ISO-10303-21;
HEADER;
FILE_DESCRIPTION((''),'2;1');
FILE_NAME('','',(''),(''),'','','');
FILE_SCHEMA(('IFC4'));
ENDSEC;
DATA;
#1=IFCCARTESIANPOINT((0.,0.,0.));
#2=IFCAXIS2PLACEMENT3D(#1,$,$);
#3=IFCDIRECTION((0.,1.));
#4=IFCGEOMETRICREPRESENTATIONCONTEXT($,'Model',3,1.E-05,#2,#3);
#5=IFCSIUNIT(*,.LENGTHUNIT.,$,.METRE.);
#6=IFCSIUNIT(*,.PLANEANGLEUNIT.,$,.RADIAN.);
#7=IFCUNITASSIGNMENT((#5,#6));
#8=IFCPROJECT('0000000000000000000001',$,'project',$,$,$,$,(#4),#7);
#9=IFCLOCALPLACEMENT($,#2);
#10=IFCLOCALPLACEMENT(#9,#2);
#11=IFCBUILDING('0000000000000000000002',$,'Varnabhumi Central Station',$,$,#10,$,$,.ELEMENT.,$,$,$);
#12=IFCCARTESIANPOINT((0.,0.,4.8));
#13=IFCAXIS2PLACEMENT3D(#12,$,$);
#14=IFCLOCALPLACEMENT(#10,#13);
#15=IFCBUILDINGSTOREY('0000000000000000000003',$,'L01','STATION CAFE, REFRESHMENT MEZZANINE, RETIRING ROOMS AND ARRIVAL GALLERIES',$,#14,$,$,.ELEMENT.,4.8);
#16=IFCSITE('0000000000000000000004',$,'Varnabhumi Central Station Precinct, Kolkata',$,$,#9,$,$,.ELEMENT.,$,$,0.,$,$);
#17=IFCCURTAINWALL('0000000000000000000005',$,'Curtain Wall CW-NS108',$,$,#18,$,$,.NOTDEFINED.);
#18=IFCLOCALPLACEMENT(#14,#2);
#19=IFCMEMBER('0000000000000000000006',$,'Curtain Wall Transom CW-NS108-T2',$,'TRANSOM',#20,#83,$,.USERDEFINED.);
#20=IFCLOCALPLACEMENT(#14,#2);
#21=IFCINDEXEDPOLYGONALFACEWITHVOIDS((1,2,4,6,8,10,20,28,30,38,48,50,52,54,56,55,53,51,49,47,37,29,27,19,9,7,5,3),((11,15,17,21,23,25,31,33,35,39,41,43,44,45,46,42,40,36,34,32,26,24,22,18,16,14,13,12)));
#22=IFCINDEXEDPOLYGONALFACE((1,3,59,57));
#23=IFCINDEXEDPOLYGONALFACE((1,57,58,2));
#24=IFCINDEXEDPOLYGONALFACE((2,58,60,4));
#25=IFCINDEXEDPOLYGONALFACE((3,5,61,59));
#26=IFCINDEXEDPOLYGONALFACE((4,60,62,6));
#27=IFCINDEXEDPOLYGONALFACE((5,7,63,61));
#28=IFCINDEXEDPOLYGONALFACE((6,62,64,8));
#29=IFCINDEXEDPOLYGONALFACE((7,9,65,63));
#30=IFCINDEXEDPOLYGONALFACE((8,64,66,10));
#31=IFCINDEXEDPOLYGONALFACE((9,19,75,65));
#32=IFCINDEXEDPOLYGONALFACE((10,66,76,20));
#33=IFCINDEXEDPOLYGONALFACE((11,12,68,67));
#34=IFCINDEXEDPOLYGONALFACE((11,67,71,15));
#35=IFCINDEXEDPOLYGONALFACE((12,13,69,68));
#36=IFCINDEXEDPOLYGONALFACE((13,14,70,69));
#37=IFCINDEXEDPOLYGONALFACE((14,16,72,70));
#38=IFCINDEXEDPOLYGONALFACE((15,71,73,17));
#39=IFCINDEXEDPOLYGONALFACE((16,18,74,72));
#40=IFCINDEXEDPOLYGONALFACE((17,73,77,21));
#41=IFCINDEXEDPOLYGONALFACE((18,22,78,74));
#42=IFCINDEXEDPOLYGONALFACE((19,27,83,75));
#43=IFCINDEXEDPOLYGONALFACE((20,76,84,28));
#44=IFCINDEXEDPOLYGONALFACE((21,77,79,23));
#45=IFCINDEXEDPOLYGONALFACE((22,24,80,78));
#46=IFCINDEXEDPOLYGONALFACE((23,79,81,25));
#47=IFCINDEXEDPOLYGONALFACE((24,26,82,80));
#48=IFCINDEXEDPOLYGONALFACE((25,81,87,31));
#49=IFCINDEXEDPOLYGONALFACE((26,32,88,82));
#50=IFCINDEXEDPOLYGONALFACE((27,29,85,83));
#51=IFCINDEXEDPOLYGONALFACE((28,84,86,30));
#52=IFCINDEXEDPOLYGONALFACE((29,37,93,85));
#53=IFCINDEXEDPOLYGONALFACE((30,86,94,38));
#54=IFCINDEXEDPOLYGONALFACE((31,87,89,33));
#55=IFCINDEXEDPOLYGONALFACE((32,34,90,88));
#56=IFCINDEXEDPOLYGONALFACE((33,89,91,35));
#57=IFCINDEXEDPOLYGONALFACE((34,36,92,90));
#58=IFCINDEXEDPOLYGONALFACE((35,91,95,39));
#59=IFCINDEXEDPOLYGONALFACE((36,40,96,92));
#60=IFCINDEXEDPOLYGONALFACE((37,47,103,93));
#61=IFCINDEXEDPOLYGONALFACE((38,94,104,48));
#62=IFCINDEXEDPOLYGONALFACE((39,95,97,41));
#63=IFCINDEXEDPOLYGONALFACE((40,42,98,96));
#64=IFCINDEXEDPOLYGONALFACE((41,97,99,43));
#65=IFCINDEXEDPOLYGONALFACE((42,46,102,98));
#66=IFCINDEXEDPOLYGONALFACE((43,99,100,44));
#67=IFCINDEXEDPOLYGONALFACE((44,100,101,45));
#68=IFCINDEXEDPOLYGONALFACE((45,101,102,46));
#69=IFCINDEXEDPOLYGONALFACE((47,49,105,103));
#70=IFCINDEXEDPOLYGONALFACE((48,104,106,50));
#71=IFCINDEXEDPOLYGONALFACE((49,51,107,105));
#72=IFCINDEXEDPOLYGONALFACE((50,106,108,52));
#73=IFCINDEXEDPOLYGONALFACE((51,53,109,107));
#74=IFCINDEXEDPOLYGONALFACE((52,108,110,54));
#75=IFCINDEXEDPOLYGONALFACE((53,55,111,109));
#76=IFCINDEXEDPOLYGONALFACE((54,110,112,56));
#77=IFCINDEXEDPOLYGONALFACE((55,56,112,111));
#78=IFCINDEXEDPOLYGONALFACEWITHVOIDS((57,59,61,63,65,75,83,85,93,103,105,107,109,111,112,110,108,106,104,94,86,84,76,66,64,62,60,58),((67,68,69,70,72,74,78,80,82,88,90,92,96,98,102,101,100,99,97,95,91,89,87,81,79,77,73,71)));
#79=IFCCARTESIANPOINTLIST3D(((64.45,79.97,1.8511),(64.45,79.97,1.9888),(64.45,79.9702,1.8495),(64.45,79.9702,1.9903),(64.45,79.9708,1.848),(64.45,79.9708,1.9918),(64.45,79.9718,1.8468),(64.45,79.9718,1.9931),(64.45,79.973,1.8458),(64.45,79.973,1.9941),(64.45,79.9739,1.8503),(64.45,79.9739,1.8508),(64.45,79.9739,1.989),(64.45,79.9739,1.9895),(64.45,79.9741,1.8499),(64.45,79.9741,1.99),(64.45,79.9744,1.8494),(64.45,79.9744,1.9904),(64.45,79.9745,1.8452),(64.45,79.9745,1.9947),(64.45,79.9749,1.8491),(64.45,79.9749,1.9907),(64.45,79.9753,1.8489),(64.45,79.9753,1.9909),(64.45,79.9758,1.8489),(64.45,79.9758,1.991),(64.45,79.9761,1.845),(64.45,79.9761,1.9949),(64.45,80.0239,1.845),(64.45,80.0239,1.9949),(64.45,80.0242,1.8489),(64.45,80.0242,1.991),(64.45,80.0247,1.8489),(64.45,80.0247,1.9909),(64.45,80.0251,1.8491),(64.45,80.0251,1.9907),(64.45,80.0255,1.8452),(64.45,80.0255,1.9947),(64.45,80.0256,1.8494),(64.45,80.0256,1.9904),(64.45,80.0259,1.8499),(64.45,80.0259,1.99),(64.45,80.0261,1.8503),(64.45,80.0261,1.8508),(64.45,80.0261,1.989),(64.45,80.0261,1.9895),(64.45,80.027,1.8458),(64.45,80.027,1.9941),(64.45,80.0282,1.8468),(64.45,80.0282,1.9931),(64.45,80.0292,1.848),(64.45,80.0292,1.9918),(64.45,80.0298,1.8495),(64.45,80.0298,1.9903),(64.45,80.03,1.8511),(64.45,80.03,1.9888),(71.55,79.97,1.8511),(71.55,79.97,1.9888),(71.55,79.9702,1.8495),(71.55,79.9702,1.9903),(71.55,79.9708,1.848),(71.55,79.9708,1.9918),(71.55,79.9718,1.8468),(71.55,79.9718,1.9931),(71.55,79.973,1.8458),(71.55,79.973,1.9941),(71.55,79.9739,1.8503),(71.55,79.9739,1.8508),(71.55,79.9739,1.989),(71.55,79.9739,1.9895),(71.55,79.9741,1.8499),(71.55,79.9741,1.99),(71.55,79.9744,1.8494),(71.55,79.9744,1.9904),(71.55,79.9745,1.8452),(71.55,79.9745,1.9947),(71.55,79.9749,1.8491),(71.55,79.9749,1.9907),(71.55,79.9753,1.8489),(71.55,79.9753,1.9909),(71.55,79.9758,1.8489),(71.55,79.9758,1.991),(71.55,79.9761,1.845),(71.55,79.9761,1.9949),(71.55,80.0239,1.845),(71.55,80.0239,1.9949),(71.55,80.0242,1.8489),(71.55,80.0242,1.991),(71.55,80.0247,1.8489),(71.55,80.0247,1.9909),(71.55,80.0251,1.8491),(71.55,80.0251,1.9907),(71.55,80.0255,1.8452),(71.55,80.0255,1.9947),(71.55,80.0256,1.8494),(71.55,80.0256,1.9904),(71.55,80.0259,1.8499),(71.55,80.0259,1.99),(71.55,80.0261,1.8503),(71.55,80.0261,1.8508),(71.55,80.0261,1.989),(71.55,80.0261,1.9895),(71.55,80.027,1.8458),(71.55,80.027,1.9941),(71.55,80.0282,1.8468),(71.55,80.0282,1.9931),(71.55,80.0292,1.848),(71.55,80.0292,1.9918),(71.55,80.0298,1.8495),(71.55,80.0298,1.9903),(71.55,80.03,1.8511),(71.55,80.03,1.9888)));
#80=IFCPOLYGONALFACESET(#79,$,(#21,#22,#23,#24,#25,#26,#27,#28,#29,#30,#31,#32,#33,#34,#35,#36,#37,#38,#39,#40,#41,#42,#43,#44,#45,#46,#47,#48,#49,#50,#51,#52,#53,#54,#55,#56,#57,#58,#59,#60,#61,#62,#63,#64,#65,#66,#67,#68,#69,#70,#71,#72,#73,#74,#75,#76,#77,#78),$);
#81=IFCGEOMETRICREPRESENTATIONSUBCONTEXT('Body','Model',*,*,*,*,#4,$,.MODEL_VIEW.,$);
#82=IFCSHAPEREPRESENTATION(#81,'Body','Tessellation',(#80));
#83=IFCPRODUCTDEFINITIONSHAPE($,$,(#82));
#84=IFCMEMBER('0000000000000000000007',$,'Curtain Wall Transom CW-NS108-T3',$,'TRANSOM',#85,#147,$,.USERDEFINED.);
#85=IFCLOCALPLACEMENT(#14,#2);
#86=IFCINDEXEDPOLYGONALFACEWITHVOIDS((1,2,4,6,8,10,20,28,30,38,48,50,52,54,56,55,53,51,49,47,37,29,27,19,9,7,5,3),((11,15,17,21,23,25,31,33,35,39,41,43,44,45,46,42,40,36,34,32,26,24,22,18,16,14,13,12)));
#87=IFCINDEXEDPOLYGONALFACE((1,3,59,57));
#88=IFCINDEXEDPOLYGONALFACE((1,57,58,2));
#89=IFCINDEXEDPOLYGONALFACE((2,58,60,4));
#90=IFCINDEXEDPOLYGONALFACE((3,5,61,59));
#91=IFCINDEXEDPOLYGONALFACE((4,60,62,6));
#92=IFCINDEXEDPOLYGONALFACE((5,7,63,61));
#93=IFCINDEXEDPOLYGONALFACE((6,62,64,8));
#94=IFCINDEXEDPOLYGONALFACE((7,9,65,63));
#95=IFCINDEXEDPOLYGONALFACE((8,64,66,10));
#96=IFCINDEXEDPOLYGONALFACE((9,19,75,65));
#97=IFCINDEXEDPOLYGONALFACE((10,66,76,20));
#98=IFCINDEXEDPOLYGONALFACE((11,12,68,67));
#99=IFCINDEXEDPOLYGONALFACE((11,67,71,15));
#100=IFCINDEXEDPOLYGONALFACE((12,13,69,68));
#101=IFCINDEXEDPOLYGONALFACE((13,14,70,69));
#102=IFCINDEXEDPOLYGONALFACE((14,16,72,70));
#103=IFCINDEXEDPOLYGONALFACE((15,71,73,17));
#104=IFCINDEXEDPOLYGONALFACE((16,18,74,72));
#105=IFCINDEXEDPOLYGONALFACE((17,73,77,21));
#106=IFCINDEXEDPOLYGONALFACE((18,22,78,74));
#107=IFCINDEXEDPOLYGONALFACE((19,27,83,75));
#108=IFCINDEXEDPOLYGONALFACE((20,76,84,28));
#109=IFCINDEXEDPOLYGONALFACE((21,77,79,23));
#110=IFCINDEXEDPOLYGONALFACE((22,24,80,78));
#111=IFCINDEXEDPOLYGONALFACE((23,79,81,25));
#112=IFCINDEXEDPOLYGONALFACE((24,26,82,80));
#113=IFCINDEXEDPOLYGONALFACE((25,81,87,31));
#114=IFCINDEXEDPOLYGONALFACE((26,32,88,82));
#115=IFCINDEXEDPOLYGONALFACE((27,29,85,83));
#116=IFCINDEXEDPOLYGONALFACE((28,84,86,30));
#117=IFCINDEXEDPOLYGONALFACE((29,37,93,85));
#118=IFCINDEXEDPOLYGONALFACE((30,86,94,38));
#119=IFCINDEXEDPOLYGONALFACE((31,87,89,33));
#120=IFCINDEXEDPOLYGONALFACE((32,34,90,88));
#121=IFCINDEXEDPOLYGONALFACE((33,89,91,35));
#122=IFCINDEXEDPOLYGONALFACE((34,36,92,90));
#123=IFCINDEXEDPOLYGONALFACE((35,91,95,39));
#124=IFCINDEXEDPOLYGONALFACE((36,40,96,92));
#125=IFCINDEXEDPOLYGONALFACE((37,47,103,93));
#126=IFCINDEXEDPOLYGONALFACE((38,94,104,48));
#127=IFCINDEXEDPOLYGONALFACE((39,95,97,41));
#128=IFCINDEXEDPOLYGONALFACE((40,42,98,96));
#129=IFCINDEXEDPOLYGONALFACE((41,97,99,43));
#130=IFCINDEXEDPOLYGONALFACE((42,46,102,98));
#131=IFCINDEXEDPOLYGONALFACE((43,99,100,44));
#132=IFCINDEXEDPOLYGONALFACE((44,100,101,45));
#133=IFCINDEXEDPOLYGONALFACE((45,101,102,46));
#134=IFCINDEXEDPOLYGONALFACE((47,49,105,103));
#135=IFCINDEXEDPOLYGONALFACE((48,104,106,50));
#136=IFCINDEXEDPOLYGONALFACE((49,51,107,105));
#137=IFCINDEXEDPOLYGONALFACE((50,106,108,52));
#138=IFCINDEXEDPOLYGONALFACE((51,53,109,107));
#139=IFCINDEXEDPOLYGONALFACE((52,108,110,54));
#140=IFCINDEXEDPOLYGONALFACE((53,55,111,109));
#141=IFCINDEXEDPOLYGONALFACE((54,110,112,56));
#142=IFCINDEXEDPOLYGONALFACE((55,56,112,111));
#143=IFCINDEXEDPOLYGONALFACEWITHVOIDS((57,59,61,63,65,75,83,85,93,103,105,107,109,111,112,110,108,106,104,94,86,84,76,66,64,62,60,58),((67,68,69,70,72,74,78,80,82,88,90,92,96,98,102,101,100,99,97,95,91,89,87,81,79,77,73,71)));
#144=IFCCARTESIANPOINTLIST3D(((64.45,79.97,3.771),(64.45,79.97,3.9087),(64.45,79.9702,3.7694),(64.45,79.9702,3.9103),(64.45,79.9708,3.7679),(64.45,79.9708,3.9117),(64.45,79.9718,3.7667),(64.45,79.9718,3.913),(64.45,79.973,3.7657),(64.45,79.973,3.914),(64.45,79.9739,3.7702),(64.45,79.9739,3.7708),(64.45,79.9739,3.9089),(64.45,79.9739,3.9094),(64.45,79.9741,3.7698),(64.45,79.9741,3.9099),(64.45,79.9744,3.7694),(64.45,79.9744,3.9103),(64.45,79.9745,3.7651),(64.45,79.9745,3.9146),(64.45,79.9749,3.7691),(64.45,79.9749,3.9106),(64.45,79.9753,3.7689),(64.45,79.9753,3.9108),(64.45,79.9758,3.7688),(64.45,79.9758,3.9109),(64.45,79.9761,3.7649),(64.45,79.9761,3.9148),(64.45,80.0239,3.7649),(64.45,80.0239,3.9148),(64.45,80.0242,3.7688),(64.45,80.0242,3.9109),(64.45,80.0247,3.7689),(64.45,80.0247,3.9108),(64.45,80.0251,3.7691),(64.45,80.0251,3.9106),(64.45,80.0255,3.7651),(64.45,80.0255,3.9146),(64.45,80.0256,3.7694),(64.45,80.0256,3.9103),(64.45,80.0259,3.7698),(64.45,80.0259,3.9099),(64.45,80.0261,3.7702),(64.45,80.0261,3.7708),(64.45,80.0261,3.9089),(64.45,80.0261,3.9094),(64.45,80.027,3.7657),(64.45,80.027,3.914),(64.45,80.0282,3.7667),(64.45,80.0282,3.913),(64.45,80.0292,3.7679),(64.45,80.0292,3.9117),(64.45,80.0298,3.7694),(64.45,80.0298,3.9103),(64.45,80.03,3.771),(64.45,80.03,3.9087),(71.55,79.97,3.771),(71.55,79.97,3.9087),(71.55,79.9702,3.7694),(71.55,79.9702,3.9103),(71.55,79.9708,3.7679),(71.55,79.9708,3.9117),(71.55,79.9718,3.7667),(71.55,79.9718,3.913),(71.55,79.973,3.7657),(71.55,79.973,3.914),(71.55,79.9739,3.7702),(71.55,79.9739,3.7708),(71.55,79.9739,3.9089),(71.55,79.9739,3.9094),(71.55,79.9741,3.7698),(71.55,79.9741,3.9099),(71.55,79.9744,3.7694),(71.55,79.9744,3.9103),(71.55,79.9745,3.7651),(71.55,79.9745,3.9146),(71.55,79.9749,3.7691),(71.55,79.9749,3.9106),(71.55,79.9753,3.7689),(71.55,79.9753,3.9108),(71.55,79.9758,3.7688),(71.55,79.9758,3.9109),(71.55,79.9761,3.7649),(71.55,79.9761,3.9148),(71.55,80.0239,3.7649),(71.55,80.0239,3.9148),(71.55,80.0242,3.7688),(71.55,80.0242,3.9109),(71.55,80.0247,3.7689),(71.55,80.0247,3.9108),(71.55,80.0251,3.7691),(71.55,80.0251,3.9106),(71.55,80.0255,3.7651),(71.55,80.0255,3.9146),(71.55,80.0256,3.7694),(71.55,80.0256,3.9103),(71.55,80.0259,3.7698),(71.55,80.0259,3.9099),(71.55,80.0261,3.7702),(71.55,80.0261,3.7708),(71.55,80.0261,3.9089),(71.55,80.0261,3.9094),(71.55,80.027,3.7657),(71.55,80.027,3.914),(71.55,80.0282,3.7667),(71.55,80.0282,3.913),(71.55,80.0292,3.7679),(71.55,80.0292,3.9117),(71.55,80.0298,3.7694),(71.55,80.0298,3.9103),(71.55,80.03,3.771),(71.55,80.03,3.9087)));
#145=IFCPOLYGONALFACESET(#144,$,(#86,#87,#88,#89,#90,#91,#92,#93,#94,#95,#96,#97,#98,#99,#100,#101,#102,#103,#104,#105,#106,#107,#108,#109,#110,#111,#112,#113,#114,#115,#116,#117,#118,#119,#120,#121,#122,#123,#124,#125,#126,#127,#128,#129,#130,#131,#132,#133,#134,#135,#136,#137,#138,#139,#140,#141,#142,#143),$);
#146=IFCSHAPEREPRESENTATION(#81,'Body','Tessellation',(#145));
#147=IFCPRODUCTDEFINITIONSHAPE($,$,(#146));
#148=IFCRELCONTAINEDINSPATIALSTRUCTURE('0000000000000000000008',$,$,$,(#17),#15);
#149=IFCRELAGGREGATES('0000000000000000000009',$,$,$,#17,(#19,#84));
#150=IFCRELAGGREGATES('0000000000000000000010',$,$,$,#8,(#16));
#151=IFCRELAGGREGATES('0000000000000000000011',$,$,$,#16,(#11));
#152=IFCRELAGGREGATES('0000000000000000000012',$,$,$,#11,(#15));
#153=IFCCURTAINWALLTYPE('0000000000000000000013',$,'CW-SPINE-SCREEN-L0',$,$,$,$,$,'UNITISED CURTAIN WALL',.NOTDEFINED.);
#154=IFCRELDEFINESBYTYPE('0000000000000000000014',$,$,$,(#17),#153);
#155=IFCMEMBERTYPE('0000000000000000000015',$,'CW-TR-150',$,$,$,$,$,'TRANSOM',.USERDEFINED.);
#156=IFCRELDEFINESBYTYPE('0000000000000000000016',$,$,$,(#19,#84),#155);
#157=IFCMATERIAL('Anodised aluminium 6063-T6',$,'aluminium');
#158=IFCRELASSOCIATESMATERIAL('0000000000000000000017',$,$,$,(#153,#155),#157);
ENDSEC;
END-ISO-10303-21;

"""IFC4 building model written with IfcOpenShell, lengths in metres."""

from ifc_helpers import new_model, si_unit, direction, frame, origin, origin_2d, place, context, subcontext, project, spatial, hollow_rectangle, extrude, material, material_profile, profile_set, type_object, element, aggregate, save


model = new_model("IFC4")

# Units and contexts
model_context = context("Model", 3, precision=1e-05, world=origin(), true_north=direction((0.0, 1.0)))
body_context = subcontext(model_context, "Body", "Model", "MODEL_VIEW")
ifc_project = project(units=[si_unit("LENGTHUNIT", "METRE"), si_unit("PLANEANGLEUNIT", "RADIAN")], contexts=[model_context])

# Site, building, storey
site_placement = place(None, origin())
site = spatial("IfcSite", under=ifc_project, at=site_placement, Name="Varnabhumi Central Station Precinct, Kolkata", CompositionType="ELEMENT", RefElevation=0.0)
building_placement = place(site_placement, origin())
building = spatial("IfcBuilding", under=site, at=building_placement, Name="Varnabhumi Central Station", CompositionType="ELEMENT")
storey_placement = place(building_placement, frame((0.0, 0.0, 4.8)))
storey = spatial("IfcBuildingStorey", under=building, at=storey_placement, Name="L01", Description="STATION CAFE, REFRESHMENT MEZZANINE, RETIRING ROOMS AND ARRIVAL GALLERIES", CompositionType="ELEMENT", Elevation=4.8)

# Shared definitions
ifc_material_1 = material(Name="Anodised aluminium 6063-T6", Category="aluminium")

# Curtain wall
curtain_wall_type_1 = type_object("IfcCurtainWallType", Name="CW-SPINE-SCREEN-L0", ElementType="UNITISED CURTAIN WALL", PredefinedType="NOTDEFINED", material=ifc_material_1)
curtain_wall_1_placement = place(storey_placement, origin())
curtain_wall_1 = element("IfcCurtainWall", 1, at=curtain_wall_1_placement, inside=storey, type_object=curtain_wall_type_1, Name="Curtain Wall CW-NS108", PredefinedType="NOTDEFINED")

# Members
ifc_material_profile_1 = material_profile(ifc_material_1, hollow_rectangle(XDim=0.0601, YDim=0.1499, WallThickness=0.0039, InnerFilletRadius=0.002, OuterFilletRadius=0.0061, at=origin_2d()), Name="Anodised aluminium 6063-T6", Category="aluminium")
ifc_profile_set_1 = profile_set([ifc_material_profile_1], Name="Anodised aluminium 6063-T6")
member_type_1 = type_object("IfcMemberType", Name="CW-TR-150", ElementType="TRANSOM", PredefinedType="USERDEFINED", material=ifc_profile_set_1)
member_1_placement = place(storey_placement, frame((64.45, 80.0, 1.9199), z_axis=(1.0, 0.0, 0.0), x_axis=(0.0, 1.0, 0.0)))
member_1 = element("IfcMember", 2, at=member_1_placement, type_object=member_type_1, Name="Curtain Wall Transom CW-NS108-T2", ObjectType="TRANSOM", PredefinedType="USERDEFINED", context=body_context, shape_type="SweptSolid", body=[
    extrude(hollow_rectangle(XDim=0.0601, YDim=0.1499, WallThickness=0.0039, InnerFilletRadius=0.002, OuterFilletRadius=0.0061, at=origin_2d()), origin(), (0.0, 0.0, 1.0), 7.1001),
])
member_2_placement = place(storey_placement, frame((64.45, 80.0, 3.8398), z_axis=(1.0, 0.0, 0.0), x_axis=(0.0, 1.0, 0.0)))
member_2 = element("IfcMember", 3, at=member_2_placement, type_object=member_type_1, Name="Curtain Wall Transom CW-NS108-T3", ObjectType="TRANSOM", PredefinedType="USERDEFINED", context=body_context, shape_type="SweptSolid", body=[
    extrude(hollow_rectangle(XDim=0.0601, YDim=0.1499, WallThickness=0.0039, InnerFilletRadius=0.002, OuterFilletRadius=0.0061, at=origin_2d()), origin(), (0.0, 0.0, 1.0), 7.1001),
])

aggregate(curtain_wall_1, [member_1, member_2])

save(model, "model.ifc")
